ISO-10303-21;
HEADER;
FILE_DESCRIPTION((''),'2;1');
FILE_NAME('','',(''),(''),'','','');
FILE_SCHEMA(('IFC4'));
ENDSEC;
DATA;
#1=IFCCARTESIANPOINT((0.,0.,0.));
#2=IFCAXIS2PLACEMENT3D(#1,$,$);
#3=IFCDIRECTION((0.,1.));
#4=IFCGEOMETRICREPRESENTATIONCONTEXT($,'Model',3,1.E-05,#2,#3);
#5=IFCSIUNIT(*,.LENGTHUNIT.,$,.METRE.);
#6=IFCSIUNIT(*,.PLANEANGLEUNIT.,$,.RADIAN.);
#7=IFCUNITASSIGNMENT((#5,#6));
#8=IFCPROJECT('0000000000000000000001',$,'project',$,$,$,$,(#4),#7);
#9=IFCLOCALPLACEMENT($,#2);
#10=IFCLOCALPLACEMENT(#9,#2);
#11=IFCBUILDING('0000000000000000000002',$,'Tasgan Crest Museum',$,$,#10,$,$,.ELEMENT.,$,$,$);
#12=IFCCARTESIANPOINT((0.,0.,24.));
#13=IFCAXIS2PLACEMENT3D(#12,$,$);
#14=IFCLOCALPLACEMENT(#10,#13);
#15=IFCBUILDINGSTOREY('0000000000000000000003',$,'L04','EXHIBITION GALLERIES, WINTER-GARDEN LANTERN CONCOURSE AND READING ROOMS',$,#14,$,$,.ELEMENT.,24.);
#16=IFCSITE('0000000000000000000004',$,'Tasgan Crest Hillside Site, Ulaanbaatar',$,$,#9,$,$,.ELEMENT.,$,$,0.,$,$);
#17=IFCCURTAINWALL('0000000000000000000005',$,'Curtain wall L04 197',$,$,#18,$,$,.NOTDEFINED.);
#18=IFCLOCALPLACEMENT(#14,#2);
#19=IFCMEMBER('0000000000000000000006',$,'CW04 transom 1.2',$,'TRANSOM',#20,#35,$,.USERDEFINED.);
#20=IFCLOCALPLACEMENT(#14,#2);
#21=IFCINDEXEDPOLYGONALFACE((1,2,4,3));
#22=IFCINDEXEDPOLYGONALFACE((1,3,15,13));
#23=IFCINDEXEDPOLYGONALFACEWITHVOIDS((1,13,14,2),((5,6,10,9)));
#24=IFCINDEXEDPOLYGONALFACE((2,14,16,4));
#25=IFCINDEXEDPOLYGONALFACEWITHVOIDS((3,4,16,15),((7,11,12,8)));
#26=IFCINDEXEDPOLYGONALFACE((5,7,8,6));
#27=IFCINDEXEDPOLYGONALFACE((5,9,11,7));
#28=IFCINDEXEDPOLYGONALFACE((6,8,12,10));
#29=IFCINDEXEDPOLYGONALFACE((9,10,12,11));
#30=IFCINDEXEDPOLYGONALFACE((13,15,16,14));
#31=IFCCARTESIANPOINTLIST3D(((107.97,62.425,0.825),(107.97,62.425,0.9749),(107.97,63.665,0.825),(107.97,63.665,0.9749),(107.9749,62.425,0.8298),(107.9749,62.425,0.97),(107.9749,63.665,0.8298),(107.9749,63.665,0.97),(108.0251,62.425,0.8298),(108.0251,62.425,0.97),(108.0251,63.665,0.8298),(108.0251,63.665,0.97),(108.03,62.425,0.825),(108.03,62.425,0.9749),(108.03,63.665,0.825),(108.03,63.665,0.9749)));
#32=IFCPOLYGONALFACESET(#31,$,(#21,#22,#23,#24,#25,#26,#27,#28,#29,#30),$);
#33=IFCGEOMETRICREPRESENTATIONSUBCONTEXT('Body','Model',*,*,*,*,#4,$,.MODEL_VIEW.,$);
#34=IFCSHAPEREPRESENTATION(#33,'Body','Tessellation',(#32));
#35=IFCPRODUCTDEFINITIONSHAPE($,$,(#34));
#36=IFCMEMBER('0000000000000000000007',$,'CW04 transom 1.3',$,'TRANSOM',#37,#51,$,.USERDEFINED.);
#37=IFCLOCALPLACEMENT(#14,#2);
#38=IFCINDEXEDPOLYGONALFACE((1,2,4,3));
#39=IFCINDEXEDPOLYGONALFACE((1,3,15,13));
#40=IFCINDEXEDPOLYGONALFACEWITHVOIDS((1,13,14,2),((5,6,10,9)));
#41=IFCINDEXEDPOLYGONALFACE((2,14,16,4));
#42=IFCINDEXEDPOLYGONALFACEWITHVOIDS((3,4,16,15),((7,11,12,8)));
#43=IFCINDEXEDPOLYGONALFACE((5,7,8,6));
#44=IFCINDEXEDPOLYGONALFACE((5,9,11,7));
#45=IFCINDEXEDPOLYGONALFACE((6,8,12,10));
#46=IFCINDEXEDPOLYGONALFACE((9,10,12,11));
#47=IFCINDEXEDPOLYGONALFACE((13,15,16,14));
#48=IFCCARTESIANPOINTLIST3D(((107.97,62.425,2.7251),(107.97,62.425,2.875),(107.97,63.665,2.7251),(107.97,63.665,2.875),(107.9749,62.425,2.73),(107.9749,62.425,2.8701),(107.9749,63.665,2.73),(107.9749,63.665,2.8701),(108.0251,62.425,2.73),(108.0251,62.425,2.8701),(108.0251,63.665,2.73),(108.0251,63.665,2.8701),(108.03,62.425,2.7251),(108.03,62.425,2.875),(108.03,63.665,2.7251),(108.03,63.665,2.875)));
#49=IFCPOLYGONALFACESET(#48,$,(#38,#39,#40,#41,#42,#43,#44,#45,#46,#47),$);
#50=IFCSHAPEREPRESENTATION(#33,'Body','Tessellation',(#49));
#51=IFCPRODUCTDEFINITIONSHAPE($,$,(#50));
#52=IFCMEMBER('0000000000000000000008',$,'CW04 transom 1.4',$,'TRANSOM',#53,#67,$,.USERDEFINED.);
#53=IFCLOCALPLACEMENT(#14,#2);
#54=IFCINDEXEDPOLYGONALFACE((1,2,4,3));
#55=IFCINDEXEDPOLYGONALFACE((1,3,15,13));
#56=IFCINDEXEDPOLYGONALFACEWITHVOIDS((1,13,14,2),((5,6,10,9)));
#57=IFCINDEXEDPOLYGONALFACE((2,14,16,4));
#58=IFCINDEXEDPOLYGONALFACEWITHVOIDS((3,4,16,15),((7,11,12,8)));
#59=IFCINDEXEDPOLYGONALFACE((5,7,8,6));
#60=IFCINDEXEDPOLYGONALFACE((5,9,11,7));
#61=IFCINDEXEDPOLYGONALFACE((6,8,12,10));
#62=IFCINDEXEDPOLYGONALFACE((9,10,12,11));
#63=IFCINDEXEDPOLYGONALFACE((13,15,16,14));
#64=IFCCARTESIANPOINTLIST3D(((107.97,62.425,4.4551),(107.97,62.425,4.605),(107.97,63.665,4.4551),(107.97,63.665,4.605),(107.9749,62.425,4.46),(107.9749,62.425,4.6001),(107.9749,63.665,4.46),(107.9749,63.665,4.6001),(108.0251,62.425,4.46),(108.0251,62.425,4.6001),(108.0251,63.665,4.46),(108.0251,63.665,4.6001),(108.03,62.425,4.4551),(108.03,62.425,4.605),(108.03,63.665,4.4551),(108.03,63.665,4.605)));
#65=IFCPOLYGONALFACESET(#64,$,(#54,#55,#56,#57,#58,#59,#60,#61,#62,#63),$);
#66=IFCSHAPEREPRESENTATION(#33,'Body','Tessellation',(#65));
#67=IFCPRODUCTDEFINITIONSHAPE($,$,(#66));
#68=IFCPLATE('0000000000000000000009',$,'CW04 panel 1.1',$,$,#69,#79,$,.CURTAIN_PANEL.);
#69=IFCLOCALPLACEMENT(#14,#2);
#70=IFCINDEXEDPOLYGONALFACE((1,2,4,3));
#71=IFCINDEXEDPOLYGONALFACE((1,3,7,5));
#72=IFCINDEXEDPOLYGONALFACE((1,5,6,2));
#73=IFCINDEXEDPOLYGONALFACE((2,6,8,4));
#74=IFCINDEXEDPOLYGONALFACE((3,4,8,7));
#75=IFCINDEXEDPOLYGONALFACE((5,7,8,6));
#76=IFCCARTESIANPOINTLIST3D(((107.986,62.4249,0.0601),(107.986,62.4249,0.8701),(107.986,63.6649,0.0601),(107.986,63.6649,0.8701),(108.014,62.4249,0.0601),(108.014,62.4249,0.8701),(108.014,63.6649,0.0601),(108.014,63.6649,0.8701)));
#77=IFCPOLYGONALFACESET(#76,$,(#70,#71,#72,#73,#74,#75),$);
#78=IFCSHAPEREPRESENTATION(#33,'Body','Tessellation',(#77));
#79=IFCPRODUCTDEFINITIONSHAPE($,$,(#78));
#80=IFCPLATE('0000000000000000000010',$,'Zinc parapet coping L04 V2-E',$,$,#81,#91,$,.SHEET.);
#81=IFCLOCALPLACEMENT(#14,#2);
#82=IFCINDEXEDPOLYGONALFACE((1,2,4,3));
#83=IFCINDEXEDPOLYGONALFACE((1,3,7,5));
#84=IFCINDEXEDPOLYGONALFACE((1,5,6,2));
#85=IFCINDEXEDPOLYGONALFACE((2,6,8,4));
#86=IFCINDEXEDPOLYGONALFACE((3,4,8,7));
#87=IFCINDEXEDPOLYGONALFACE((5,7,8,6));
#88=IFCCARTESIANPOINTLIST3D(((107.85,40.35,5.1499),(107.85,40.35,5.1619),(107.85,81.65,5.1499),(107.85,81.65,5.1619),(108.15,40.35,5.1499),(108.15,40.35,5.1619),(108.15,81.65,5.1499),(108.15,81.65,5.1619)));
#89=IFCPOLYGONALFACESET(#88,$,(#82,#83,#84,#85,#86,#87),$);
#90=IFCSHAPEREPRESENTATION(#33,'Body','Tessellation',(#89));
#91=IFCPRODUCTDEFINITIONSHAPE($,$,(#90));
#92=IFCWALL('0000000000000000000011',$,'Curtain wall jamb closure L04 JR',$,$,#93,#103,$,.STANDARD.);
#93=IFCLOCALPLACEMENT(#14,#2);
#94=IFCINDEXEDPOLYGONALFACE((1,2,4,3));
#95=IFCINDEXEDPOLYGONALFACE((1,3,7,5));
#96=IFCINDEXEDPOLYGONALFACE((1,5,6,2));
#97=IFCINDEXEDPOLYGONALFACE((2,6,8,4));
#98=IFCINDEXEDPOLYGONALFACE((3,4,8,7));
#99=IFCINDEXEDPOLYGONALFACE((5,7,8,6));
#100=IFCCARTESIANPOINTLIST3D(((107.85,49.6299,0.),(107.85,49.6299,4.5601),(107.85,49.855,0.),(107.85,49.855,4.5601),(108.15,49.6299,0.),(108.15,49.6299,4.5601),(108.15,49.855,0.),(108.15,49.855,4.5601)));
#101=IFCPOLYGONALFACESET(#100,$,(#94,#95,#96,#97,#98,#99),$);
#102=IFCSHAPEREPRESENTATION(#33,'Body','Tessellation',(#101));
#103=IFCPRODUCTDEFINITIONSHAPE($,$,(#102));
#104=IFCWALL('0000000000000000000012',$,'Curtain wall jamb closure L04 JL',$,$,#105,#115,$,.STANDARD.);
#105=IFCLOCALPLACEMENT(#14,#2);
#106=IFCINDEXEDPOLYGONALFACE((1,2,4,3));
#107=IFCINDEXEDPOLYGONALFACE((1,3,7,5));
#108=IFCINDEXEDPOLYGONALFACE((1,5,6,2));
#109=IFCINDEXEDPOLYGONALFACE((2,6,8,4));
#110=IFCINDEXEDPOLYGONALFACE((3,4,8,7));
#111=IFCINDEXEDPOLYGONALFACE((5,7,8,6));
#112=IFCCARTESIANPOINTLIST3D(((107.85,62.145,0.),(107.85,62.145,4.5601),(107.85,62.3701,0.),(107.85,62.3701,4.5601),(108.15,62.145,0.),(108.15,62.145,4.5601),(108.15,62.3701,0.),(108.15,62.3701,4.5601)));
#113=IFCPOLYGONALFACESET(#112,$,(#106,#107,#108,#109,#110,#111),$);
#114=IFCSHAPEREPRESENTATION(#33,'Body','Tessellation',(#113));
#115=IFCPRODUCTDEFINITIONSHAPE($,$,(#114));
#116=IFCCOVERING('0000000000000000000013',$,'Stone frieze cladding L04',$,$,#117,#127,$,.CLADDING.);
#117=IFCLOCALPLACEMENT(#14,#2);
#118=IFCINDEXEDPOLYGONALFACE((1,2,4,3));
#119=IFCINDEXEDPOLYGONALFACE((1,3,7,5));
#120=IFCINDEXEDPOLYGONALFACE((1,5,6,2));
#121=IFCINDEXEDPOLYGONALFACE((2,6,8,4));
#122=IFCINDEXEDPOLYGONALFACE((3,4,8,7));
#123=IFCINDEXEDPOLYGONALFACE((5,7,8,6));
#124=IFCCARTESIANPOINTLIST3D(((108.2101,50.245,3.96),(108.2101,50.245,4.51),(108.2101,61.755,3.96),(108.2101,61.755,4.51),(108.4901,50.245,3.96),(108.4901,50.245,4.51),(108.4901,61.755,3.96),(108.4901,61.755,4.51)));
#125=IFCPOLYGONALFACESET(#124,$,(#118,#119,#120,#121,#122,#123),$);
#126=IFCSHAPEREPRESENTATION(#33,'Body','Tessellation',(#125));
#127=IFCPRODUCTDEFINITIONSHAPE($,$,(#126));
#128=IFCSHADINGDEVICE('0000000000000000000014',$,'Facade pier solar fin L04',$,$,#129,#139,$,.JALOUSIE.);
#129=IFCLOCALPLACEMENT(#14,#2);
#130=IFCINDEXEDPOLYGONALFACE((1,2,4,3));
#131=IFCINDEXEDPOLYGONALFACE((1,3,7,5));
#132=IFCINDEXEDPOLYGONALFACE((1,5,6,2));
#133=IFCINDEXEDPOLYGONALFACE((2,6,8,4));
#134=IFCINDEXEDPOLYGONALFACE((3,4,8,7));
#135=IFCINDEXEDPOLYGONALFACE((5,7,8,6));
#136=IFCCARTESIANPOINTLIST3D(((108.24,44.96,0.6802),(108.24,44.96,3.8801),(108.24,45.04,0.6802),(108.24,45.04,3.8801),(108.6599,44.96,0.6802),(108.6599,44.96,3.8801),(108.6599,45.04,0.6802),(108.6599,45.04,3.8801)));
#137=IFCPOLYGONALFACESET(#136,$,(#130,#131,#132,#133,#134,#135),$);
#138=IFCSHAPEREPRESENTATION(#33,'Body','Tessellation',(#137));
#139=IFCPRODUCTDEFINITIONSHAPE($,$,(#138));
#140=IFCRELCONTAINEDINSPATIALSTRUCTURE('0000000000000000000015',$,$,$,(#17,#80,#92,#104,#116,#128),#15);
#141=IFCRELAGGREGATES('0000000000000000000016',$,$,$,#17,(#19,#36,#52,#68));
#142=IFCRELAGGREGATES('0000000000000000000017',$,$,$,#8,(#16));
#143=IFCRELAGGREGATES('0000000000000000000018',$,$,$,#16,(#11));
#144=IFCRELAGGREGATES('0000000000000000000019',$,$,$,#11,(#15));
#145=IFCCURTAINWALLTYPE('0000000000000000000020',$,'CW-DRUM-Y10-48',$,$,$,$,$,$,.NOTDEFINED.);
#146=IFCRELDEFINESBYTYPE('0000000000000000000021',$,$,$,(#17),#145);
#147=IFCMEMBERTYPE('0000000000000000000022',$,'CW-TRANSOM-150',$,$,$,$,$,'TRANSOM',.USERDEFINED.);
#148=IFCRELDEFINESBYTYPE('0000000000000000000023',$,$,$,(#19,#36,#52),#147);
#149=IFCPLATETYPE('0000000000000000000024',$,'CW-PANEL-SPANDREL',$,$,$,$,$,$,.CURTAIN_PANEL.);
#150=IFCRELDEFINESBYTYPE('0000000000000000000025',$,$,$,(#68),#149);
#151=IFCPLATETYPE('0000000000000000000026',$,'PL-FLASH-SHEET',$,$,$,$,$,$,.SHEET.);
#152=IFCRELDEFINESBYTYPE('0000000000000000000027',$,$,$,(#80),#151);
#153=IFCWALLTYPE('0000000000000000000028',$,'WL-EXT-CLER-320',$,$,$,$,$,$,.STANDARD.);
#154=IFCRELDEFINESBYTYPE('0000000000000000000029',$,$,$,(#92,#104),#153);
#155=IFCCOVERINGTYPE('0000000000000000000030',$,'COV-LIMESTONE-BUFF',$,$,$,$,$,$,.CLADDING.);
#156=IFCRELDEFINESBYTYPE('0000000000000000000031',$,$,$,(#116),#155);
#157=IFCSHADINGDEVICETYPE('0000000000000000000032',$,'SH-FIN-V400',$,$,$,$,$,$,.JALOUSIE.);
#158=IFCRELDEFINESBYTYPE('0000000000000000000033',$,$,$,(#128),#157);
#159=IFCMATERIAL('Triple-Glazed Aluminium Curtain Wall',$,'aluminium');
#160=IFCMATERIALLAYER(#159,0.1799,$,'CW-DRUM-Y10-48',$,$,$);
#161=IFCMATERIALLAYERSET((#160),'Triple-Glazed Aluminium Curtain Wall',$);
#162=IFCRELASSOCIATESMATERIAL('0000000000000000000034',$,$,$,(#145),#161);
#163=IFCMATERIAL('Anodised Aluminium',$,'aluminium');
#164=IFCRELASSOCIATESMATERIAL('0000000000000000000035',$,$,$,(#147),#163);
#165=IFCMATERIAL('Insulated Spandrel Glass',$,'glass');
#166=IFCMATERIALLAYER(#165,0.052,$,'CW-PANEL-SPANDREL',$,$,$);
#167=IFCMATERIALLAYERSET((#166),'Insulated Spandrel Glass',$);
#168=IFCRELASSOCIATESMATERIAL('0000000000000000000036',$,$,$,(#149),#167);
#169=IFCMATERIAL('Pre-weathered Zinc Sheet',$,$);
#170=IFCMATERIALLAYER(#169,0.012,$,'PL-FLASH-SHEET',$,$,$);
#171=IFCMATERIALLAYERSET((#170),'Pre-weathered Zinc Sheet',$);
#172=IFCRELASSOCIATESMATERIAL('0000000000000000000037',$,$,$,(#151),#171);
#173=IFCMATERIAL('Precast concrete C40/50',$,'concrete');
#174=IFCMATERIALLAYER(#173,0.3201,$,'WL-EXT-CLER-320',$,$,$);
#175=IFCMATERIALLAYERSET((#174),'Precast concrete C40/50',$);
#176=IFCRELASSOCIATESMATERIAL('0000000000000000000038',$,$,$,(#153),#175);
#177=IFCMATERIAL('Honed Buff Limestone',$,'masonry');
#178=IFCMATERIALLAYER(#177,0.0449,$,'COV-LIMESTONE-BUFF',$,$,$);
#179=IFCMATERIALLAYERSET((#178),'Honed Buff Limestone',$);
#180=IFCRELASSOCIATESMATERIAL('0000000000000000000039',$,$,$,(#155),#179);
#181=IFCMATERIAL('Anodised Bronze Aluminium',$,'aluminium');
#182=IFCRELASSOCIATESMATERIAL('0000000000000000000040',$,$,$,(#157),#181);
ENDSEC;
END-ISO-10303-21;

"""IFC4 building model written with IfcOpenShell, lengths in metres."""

from ifc_helpers import new_model, si_unit, direction, frame, frame_2d, origin, origin_2d, place, context, subcontext, project, spatial, rectangle, hollow_rectangle, extrude, material, layer, layer_set, material_profile, profile_set, type_object, element, aggregate, save


model = new_model("IFC4")

# Units and contexts
model_context = context("Model", 3, precision=1e-05, world=origin(), true_north=direction((0.0, 1.0)))
body_context = subcontext(model_context, "Body", "Model", "MODEL_VIEW")
ifc_project = project(units=[si_unit("LENGTHUNIT", "METRE"), si_unit("PLANEANGLEUNIT", "RADIAN")], contexts=[model_context])

# Site, building, storey
site_placement = place(None, origin())
site = spatial("IfcSite", under=ifc_project, at=site_placement, Name="Tasgan Crest Hillside Site, Ulaanbaatar", CompositionType="ELEMENT", RefElevation=0.0)
building_placement = place(site_placement, origin())
building = spatial("IfcBuilding", under=site, at=building_placement, Name="Tasgan Crest Museum", CompositionType="ELEMENT")
storey_placement = place(building_placement, frame((0.0, 0.0, 24.0)))
storey = spatial("IfcBuildingStorey", under=building, at=storey_placement, Name="L04", Description="EXHIBITION GALLERIES, WINTER-GARDEN LANTERN CONCOURSE AND READING ROOMS", CompositionType="ELEMENT", Elevation=24.0)

# Shared definitions
ifc_material_1 = material(Name="Triple-Glazed Aluminium Curtain Wall", Category="aluminium")
ifc_layer_1 = layer(ifc_material_1, 0.1799, Name="CW-DRUM-Y10-48")
ifc_layer_set_1 = layer_set([ifc_layer_1], Name="Triple-Glazed Aluminium Curtain Wall")
curtain_wall_type = type_object("IfcCurtainWallType", Name="CW-DRUM-Y10-48", PredefinedType="NOTDEFINED", material=ifc_layer_set_1)

# Curtain wall, members, plate
curtain_wall_1_placement = place(storey_placement, origin())
curtain_wall_1 = element("IfcCurtainWall", 1, at=curtain_wall_1_placement, inside=storey, type_object=curtain_wall_type, Name="Curtain wall L04 197", PredefinedType="NOTDEFINED")
ifc_material_2 = material(Name="Anodised Aluminium", Category="aluminium")
ifc_material_profile_1 = material_profile(ifc_material_2, hollow_rectangle(XDim=0.0601, YDim=0.1499, WallThickness=0.0049, at=origin_2d()), Name="ALU TRANSOM 150x60x5")
ifc_profile_set_1 = profile_set([ifc_material_profile_1], Name="Anodised Aluminium")
member_type_1 = type_object("IfcMemberType", Name="CW-TRANSOM-150", ElementType="TRANSOM", PredefinedType="USERDEFINED", material=ifc_profile_set_1)
member_1_placement = place(storey_placement, frame((108.0, 62.425, 0.8999), z_axis=(0.0, 1.0, 0.0), x_axis=(-1.0, 0.0, 0.0)))
member_1 = element("IfcMember", 2, at=member_1_placement, type_object=member_type_1, Name="CW04 transom 1.2", ObjectType="TRANSOM", PredefinedType="USERDEFINED", context=body_context, shape_type="SweptSolid", body=[
    extrude(hollow_rectangle(XDim=0.0601, YDim=0.1499, WallThickness=0.0049, at=origin_2d()), origin(), (0.0, 0.0, 1.0), 1.24),
])
member_2_placement = place(storey_placement, frame((108.0, 62.425, 2.8), z_axis=(0.0, 1.0, 0.0), x_axis=(-1.0, 0.0, 0.0)))
member_2 = element("IfcMember", 3, at=member_2_placement, type_object=member_type_1, Name="CW04 transom 1.3", ObjectType="TRANSOM", PredefinedType="USERDEFINED", context=body_context, shape_type="SweptSolid", body=[
    extrude(hollow_rectangle(XDim=0.0601, YDim=0.1499, WallThickness=0.0049, at=origin_2d()), origin(), (0.0, 0.0, 1.0), 1.24),
])
member_3_placement = place(storey_placement, frame((108.0, 62.425, 4.53), z_axis=(0.0, 1.0, 0.0), x_axis=(-1.0, 0.0, 0.0)))
member_3 = element("IfcMember", 4, at=member_3_placement, type_object=member_type_1, Name="CW04 transom 1.4", ObjectType="TRANSOM", PredefinedType="USERDEFINED", context=body_context, shape_type="SweptSolid", body=[
    extrude(hollow_rectangle(XDim=0.0601, YDim=0.1499, WallThickness=0.0049, at=origin_2d()), origin(), (0.0, 0.0, 1.0), 1.24),
])
ifc_material_3 = material(Name="Insulated Spandrel Glass", Category="glass")
ifc_layer_2 = layer(ifc_material_3, 0.052, Name="CW-PANEL-SPANDREL")
ifc_layer_set_2 = layer_set([ifc_layer_2], Name="Insulated Spandrel Glass")
plate_type_1 = type_object("IfcPlateType", Name="CW-PANEL-SPANDREL", PredefinedType="CURTAIN_PANEL", material=ifc_layer_set_2)
plate_1_placement = place(storey_placement, frame((108.0, 63.0449, 0.0601), z_axis=(0.0, 0.0, 1.0), x_axis=(0.0, 1.0, 0.0)))
plate_1 = element("IfcPlate", 5, at=plate_1_placement, type_object=plate_type_1, Name="CW04 panel 1.1", PredefinedType="CURTAIN_PANEL", context=body_context, shape_type="SweptSolid", body=[
    extrude(rectangle(XDim=1.24, YDim=0.0281, at=origin_2d()), origin(), (0.0, 0.0, 1.0), 0.8101),
])
aggregate(curtain_wall_1, [member_1, member_2, member_3, plate_1])

# Plate
ifc_material_4 = material(Name="Pre-weathered Zinc Sheet")
ifc_layer_3 = layer(ifc_material_4, 0.012, Name="PL-FLASH-SHEET")
ifc_layer_set_3 = layer_set([ifc_layer_3], Name="Pre-weathered Zinc Sheet")
plate_type_2 = type_object("IfcPlateType", Name="PL-FLASH-SHEET", PredefinedType="SHEET", material=ifc_layer_set_3)
plate_2_placement = place(storey_placement, frame((108.0, 61.0, 5.1499), z_axis=(0.0, 0.0, 1.0), x_axis=(0.0, 1.0, 0.0)))
element("IfcPlate", 6, at=plate_2_placement, inside=storey, type_object=plate_type_2, Name="Zinc parapet coping L04 V2-E", PredefinedType="SHEET", context=body_context, shape_type="SweptSolid", body=[
    extrude(rectangle(XDim=41.3, YDim=0.3, at=origin_2d()), origin(), (0.0, 0.0, 1.0), 0.012),
])

# Walls
ifc_material_5 = material(Name="Precast concrete C40/50", Category="concrete")
ifc_layer_4 = layer(ifc_material_5, 0.3201, Name="WL-EXT-CLER-320")
ifc_layer_set_4 = layer_set([ifc_layer_4], Name="Precast concrete C40/50")
wall_type_1 = type_object("IfcWallType", Name="WL-EXT-CLER-320", PredefinedType="STANDARD", material=ifc_layer_set_4)
for number, where, z_axis, x_axis, name in (
    (7, (108.0, 49.6299, 0.0), (0.0, 0.0, 1.0), (0.0, 1.0, 0.0), "Curtain wall jamb closure L04 JR"),
    (8, (108.0, 62.145, 0.0), (0.0, 0.0, 1.0), (0.0, 1.0, 0.0), "Curtain wall jamb closure L04 JL"),
):
    element("IfcWall", number, at=place(storey_placement, frame(where, z_axis=z_axis, x_axis=x_axis)), inside=storey, type_object=wall_type_1, Name=name, PredefinedType="STANDARD", context=body_context, shape_type="SweptSolid", body=[
        extrude(rectangle(XDim=0.2251, YDim=0.3, at=frame_2d((0.1125, 0.0))), origin(), (0.0, 0.0, 1.0), 4.5601),
    ])

# Covering
ifc_material_6 = material(Name="Honed Buff Limestone", Category="masonry")
ifc_layer_5 = layer(ifc_material_6, 0.0449, Name="COV-LIMESTONE-BUFF")
ifc_layer_set_5 = layer_set([ifc_layer_5], Name="Honed Buff Limestone")
covering_type = type_object("IfcCoveringType", Name="COV-LIMESTONE-BUFF", PredefinedType="CLADDING", material=ifc_layer_set_5)
covering_placement = place(storey_placement, frame((108.3501, 56.0, 3.96), z_axis=(0.0, 0.0, 1.0), x_axis=(0.0, 1.0, 0.0)))
element("IfcCovering", 9, at=covering_placement, inside=storey, type_object=covering_type, Name="Stone frieze cladding L04", PredefinedType="CLADDING", context=body_context, shape_type="SweptSolid", body=[
    extrude(rectangle(XDim=11.51, YDim=0.28, at=origin_2d()), origin(), (0.0, 0.0, 1.0), 0.55),
])

# Shading device
ifc_material_7 = material(Name="Anodised Bronze Aluminium", Category="aluminium")
shading_device_type = type_object("IfcShadingDeviceType", Name="SH-FIN-V400", PredefinedType="JALOUSIE", material=ifc_material_7)
shading_device_placement = place(storey_placement, frame((108.45, 45.0, 0.6802), z_axis=(0.0, 0.0, 1.0), x_axis=(0.0, 1.0, 0.0)))
element("IfcShadingDevice", 10, at=shading_device_placement, inside=storey, type_object=shading_device_type, Name="Facade pier solar fin L04", PredefinedType="JALOUSIE", context=body_context, shape_type="SweptSolid", body=[
    extrude(rectangle(XDim=0.0801, YDim=0.4199, at=origin_2d()), origin(), (0.0, 0.0, 1.0), 3.2),
])

save(model, "model.ifc")
